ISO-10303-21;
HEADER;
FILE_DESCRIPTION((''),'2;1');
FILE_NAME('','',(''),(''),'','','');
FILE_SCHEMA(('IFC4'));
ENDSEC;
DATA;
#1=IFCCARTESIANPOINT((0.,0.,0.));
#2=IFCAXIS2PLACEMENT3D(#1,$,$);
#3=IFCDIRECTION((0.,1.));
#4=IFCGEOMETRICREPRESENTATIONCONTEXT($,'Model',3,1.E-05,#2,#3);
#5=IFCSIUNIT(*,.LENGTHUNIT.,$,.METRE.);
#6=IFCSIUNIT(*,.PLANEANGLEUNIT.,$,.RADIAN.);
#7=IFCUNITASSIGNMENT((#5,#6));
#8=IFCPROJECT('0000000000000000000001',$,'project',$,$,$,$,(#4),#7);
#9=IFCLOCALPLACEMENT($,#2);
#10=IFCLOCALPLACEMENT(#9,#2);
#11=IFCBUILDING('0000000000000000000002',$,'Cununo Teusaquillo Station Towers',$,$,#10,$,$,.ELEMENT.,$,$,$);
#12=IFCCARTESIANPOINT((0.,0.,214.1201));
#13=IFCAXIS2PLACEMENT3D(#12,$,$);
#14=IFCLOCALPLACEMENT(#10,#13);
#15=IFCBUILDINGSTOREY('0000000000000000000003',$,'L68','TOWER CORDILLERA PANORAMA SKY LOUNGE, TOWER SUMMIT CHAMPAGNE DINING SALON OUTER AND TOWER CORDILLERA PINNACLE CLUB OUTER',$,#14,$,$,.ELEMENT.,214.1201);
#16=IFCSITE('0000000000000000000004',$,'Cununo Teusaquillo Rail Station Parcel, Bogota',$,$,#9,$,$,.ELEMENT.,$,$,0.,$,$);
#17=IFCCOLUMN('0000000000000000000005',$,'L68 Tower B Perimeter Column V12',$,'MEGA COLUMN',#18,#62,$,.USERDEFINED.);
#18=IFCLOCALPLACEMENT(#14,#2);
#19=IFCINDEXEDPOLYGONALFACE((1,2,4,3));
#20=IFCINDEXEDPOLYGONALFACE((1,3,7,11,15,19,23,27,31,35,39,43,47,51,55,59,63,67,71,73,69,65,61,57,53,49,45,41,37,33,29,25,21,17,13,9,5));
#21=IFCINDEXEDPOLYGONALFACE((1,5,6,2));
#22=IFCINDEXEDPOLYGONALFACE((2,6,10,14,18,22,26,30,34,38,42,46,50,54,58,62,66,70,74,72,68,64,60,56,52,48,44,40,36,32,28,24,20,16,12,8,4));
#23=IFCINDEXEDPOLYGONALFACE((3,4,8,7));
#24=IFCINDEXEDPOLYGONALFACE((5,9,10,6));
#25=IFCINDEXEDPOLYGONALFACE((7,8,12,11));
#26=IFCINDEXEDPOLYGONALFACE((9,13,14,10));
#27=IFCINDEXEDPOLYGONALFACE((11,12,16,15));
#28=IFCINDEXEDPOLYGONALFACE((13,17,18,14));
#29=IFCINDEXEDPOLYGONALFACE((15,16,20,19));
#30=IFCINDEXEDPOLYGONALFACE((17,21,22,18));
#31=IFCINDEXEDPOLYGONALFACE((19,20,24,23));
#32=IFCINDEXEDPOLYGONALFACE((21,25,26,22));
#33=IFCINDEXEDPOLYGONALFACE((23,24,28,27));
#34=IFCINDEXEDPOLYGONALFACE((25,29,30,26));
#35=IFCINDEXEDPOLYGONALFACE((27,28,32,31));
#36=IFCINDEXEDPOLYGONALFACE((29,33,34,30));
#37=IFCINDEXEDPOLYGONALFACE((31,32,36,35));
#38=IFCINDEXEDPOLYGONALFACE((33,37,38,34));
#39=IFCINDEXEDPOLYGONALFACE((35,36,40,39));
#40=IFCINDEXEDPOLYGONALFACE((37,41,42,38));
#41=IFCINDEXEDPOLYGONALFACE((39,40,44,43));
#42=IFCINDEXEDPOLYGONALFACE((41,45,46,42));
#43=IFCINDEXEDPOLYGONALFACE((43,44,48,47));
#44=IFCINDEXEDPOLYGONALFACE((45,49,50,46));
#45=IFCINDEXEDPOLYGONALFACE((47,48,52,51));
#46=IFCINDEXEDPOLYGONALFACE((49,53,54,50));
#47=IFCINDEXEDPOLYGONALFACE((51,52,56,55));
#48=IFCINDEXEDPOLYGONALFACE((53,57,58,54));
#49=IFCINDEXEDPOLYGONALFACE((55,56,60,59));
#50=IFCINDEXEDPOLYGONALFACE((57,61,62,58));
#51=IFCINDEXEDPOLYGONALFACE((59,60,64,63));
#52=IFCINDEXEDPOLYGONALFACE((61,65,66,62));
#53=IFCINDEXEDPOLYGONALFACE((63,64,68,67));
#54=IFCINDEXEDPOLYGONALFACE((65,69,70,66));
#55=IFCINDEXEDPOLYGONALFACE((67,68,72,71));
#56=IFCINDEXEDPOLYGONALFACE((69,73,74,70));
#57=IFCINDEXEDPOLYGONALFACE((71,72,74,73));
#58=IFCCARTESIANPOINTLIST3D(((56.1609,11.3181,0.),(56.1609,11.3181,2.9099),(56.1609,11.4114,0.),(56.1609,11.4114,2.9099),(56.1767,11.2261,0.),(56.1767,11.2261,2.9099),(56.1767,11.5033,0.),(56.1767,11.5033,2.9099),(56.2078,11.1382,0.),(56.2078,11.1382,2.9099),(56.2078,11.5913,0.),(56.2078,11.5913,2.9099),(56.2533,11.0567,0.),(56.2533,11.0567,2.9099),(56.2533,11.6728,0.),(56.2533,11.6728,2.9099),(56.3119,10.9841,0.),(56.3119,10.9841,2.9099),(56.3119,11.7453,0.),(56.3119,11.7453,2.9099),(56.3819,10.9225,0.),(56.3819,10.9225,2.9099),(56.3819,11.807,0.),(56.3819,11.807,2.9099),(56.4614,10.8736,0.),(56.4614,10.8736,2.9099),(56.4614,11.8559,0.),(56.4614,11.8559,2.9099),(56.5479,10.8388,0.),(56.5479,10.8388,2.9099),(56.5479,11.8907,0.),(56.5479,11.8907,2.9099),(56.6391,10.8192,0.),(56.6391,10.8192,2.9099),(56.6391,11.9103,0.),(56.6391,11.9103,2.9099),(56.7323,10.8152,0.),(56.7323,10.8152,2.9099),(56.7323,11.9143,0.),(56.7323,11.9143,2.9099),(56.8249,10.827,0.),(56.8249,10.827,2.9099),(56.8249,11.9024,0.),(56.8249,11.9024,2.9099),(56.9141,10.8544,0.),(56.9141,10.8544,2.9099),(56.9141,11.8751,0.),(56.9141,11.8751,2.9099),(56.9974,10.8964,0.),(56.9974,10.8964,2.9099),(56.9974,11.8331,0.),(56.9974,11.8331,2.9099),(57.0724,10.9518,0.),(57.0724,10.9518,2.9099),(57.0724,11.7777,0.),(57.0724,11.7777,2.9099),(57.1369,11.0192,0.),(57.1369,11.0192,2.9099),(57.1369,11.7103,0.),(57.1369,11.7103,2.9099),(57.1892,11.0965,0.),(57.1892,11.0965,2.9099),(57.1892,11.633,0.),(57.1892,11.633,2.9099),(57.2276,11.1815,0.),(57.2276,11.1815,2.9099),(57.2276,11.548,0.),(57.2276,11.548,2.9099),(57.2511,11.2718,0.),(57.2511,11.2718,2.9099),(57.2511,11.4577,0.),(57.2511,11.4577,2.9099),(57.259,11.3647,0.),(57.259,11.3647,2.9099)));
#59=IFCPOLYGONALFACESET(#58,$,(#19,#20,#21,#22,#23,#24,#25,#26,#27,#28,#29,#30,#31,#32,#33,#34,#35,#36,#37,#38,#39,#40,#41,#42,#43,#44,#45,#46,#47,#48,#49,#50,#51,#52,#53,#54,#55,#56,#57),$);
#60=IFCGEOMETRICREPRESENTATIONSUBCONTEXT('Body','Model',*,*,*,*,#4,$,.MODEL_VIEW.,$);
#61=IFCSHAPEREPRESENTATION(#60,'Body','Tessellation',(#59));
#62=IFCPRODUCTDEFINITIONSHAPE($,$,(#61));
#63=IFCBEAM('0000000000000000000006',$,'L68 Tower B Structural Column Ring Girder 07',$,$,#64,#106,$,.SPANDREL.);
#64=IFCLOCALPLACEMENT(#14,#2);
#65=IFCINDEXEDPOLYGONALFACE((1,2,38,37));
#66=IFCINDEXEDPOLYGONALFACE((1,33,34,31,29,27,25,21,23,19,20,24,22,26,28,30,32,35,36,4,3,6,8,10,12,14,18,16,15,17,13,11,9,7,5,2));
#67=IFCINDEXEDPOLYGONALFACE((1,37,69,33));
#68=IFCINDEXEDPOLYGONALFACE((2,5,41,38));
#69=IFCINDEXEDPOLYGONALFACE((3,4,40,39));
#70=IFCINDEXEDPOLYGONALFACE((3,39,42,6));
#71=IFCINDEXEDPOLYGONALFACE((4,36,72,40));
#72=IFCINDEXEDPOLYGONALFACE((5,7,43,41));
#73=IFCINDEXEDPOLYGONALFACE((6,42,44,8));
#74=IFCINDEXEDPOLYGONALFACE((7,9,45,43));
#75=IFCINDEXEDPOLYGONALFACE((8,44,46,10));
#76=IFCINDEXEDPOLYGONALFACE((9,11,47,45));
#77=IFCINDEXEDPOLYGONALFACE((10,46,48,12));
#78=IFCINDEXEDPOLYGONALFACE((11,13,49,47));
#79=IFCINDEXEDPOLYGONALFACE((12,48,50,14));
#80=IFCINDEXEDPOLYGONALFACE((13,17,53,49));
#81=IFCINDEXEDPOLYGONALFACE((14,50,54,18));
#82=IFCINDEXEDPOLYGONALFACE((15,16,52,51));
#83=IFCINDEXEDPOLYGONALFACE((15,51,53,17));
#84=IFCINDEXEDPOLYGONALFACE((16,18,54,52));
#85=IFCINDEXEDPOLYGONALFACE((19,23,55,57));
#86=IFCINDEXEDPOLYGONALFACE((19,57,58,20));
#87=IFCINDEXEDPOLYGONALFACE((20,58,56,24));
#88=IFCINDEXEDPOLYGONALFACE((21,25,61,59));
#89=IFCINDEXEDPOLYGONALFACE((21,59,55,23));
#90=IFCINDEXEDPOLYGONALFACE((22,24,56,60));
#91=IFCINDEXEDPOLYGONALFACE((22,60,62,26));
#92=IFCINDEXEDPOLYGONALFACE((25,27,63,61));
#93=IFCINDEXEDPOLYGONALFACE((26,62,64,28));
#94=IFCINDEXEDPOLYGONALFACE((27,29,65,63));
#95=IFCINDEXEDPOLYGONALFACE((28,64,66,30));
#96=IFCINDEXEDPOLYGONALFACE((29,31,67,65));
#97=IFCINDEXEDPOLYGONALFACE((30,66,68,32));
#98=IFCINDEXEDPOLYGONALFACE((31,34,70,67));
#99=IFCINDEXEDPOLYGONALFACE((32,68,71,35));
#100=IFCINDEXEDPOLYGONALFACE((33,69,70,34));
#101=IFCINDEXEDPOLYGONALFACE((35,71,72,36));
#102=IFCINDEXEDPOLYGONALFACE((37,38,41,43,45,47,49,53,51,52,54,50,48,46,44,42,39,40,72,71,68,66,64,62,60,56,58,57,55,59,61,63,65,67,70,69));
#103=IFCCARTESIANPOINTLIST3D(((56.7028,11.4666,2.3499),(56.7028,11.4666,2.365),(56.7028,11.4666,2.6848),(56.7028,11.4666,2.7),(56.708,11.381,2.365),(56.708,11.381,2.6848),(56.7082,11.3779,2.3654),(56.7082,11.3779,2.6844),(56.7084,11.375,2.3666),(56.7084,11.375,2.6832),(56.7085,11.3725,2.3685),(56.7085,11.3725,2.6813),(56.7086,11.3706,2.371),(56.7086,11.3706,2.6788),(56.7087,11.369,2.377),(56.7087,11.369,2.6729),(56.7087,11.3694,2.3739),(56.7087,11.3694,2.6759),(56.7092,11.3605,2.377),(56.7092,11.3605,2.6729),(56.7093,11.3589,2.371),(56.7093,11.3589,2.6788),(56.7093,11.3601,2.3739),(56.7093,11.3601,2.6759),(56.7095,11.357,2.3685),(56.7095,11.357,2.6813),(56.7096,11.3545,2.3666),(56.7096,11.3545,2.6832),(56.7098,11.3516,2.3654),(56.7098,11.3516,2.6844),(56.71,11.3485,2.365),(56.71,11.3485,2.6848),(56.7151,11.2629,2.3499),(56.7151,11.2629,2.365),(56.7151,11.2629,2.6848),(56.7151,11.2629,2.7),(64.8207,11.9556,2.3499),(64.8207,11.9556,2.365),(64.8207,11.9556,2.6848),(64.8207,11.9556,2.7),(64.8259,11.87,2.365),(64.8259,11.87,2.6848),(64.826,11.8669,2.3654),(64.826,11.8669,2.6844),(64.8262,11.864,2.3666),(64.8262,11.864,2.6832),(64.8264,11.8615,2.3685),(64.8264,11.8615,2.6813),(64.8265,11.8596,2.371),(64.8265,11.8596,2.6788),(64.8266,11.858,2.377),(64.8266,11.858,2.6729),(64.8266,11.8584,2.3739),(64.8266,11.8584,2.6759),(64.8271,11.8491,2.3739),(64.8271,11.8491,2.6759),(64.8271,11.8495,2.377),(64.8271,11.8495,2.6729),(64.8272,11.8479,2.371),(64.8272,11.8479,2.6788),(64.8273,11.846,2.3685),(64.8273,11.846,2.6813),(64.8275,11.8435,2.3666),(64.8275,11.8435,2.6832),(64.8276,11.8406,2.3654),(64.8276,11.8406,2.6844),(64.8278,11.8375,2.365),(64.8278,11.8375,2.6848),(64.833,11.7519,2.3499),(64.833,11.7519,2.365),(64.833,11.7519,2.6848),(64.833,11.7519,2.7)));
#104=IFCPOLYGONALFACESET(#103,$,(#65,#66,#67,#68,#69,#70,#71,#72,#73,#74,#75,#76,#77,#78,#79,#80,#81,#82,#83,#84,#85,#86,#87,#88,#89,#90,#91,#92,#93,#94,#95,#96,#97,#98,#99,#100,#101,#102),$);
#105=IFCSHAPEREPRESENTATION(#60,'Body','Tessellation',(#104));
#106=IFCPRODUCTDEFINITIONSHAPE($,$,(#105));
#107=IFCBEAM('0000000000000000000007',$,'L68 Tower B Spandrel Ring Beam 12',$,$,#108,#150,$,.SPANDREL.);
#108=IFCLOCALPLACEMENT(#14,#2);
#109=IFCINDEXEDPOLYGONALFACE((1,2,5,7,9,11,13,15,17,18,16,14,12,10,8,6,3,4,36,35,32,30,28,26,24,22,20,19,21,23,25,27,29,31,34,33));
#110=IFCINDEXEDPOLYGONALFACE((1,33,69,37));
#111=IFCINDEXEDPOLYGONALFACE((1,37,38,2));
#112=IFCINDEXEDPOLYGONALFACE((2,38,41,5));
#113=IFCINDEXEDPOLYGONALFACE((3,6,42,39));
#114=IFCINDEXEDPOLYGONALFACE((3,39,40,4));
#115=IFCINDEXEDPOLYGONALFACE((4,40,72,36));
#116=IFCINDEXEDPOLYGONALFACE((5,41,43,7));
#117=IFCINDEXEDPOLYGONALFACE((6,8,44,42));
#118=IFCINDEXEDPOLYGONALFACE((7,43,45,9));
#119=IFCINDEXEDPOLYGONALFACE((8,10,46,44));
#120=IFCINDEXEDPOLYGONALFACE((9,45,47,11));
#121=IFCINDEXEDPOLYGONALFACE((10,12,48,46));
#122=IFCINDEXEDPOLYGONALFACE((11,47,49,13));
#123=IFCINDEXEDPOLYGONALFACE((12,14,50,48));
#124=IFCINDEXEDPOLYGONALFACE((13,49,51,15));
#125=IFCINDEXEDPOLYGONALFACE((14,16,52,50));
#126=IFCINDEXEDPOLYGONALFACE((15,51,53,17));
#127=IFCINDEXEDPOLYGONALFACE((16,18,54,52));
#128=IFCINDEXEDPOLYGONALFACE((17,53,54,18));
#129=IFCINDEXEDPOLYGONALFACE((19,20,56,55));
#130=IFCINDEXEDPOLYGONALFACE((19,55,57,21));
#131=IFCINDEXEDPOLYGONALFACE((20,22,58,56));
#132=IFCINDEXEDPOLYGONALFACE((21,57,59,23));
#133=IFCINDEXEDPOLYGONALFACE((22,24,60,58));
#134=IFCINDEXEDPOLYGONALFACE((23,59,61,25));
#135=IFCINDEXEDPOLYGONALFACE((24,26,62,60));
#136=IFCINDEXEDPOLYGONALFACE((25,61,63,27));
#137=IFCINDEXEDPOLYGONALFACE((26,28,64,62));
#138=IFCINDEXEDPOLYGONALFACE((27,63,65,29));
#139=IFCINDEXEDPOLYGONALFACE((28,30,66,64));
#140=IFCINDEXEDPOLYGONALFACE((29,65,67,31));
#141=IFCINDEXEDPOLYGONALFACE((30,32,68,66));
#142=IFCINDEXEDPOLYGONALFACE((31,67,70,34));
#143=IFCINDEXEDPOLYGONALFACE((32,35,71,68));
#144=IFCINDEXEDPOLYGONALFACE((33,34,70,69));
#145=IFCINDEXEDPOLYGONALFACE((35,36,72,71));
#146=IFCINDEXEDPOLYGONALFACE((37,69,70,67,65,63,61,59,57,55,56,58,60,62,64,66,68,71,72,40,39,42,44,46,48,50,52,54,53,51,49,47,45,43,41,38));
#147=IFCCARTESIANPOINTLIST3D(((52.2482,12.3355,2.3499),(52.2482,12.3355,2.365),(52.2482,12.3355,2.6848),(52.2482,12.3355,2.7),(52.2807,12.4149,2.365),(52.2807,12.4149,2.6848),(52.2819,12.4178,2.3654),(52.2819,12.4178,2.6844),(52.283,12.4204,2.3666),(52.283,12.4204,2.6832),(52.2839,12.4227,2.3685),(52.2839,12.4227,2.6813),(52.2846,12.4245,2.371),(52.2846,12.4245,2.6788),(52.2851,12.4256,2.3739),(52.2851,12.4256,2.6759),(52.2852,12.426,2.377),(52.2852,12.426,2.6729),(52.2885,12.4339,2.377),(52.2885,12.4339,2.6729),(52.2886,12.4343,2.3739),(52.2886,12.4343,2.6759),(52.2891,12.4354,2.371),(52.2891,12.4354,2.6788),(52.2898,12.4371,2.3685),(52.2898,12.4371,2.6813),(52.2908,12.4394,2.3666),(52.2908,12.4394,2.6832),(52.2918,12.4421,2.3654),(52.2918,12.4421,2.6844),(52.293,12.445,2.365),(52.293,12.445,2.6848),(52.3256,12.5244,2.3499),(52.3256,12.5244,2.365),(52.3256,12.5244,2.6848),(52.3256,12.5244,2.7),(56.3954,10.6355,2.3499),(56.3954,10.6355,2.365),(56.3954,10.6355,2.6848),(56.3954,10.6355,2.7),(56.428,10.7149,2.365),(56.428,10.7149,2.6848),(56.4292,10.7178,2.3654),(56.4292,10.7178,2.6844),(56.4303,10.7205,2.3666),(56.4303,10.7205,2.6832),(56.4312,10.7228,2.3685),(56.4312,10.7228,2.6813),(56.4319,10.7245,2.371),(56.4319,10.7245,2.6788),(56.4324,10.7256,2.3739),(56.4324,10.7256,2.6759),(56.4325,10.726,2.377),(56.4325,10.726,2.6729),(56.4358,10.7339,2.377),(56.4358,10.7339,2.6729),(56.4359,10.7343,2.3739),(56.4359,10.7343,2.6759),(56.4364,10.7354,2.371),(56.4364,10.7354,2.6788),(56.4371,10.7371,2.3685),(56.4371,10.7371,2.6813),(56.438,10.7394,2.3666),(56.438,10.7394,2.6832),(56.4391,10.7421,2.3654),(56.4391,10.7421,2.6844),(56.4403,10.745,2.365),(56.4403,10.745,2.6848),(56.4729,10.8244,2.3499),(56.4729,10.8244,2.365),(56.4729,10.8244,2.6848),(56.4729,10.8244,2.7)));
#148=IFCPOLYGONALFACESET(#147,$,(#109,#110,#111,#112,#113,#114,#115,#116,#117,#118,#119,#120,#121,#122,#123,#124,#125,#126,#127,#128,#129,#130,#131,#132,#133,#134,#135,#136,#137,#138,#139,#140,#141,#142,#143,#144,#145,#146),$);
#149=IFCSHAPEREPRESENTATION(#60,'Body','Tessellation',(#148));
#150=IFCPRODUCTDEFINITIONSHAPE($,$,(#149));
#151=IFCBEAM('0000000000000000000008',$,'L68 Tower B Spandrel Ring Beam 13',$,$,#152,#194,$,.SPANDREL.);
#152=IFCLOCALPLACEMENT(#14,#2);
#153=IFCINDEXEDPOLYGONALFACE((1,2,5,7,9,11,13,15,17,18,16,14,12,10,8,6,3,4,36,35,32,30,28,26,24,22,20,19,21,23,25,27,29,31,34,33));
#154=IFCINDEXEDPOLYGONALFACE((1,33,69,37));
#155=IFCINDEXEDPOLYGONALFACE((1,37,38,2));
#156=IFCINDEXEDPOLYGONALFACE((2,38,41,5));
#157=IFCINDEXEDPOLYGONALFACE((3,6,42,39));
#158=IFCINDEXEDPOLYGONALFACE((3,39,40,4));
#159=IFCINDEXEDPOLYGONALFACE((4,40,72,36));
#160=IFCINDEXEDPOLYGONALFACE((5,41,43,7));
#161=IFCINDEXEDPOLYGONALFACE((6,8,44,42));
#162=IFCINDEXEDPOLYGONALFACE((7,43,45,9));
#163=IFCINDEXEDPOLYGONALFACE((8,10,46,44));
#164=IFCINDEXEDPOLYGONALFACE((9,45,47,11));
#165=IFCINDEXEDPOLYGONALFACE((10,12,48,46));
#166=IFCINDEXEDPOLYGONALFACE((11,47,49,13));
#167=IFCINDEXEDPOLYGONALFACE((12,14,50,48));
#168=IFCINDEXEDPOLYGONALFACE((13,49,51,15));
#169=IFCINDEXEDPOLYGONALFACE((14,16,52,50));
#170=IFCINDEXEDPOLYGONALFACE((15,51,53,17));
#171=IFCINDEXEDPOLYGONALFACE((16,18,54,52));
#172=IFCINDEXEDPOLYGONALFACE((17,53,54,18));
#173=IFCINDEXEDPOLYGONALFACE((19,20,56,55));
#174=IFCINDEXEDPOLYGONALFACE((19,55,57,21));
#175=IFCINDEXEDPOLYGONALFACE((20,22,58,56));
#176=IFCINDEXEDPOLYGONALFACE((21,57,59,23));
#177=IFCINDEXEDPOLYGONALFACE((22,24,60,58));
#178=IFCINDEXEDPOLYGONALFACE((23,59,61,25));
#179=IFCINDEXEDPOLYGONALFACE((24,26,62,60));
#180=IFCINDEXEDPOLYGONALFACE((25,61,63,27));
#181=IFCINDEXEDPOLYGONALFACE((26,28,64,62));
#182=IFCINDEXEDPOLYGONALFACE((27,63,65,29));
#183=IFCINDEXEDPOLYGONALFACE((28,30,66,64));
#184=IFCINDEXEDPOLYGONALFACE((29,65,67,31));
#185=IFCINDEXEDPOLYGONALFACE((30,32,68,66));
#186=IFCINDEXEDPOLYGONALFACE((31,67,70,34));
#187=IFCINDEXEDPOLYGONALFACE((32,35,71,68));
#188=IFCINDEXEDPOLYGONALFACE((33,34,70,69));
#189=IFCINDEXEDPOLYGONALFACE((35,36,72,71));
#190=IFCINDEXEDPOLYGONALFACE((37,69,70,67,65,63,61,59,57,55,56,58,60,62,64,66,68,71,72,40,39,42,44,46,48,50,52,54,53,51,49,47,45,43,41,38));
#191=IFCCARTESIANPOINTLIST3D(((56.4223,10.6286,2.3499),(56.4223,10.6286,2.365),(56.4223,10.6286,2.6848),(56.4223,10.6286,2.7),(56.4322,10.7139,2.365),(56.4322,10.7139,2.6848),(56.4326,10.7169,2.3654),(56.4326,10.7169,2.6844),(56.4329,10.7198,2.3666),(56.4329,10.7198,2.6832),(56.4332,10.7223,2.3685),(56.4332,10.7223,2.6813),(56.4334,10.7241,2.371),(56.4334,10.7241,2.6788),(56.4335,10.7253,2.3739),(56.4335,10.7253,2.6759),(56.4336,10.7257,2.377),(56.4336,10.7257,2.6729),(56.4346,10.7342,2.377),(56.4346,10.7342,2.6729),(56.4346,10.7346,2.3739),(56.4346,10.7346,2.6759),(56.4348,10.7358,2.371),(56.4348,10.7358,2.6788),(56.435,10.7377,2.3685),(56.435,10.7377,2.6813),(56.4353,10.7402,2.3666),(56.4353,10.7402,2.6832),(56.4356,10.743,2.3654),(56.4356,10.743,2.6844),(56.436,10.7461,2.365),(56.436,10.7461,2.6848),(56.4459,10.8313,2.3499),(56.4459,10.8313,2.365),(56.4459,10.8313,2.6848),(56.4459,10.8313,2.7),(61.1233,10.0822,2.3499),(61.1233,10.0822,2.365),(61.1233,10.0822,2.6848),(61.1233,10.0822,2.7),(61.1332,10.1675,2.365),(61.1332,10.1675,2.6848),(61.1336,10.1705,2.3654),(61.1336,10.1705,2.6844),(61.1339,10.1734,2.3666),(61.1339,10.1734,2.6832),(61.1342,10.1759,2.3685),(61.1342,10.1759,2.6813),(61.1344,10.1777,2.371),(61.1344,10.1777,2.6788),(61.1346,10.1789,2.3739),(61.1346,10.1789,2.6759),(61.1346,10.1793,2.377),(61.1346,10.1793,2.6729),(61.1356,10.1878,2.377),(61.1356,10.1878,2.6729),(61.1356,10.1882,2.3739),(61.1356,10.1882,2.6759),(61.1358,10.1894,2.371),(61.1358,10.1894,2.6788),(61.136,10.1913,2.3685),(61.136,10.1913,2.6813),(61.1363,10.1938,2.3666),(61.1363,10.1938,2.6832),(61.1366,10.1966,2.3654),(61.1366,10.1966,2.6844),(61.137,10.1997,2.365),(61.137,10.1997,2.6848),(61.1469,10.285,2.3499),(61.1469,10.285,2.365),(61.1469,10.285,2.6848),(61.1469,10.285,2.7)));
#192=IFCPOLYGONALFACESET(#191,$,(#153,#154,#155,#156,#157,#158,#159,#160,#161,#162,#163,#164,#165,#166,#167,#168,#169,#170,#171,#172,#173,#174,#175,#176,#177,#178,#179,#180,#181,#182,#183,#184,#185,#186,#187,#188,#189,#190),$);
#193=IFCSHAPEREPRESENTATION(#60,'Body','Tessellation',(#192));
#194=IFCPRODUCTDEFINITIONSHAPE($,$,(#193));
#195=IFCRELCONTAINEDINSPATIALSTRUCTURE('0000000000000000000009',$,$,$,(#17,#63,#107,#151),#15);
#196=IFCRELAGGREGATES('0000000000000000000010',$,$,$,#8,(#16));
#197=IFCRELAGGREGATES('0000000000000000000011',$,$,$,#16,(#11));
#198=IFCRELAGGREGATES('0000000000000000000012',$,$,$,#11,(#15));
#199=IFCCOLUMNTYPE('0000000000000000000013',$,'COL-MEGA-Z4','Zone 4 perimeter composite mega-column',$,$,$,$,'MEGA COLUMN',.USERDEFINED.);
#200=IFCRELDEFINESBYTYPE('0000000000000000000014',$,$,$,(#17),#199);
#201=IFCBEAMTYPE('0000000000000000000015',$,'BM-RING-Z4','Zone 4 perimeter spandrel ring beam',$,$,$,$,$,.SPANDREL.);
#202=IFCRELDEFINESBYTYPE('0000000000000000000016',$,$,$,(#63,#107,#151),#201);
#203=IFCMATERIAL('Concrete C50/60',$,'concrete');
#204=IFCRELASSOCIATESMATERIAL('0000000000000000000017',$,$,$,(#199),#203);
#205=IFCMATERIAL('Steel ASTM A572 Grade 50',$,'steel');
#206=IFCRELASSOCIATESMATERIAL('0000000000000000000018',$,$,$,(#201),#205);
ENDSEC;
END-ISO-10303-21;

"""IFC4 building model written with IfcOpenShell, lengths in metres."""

from ifc_helpers import new_model, si_unit, direction, frame, origin, origin_2d, place, context, subcontext, project, spatial, circle, i_section, extrude, material, material_profile, profile_set, type_object, element, save


model = new_model("IFC4")

# Units and contexts
model_context = context("Model", 3, precision=1e-05, world=origin(), true_north=direction((0.0, 1.0)))
body_context = subcontext(model_context, "Body", "Model", "MODEL_VIEW")
ifc_project = project(units=[si_unit("LENGTHUNIT", "METRE"), si_unit("PLANEANGLEUNIT", "RADIAN")], contexts=[model_context])

# Site, building, storey
site_placement = place(None, origin())
site = spatial("IfcSite", under=ifc_project, at=site_placement, Name="Cununo Teusaquillo Rail Station Parcel, Bogota", CompositionType="ELEMENT", RefElevation=0.0)
building_placement = place(site_placement, origin())
building = spatial("IfcBuilding", under=site, at=building_placement, Name="Cununo Teusaquillo Station Towers", CompositionType="ELEMENT")
storey_placement = place(building_placement, frame((0.0, 0.0, 214.1201)))
storey = spatial("IfcBuildingStorey", under=building, at=storey_placement, Name="L68", Description="TOWER CORDILLERA PANORAMA SKY LOUNGE, TOWER SUMMIT CHAMPAGNE DINING SALON OUTER AND TOWER CORDILLERA PINNACLE CLUB OUTER", CompositionType="ELEMENT", Elevation=214.1201)

# Column
ifc_material_1 = material(Name="Concrete C50/60", Category="concrete")
ifc_material_profile_1 = material_profile(ifc_material_1, circle(Radius=0.55, at=origin_2d()), Name="RC-CIRC-1100")
ifc_profile_set_1 = profile_set([ifc_material_profile_1], Name="Concrete C50/60")
column_type = type_object("IfcColumnType", Name="COL-MEGA-Z4", Description="Zone 4 perimeter composite mega-column", ElementType="MEGA COLUMN", PredefinedType="USERDEFINED", material=ifc_profile_set_1)
column_placement = place(storey_placement, frame((56.709, 11.3647, 0.0), z_axis=(0.0, 0.0, 1.0), x_axis=(1.0, 0.0, 0.0)))
element("IfcColumn", 1, at=column_placement, inside=storey, type_object=column_type, Name="L68 Tower B Perimeter Column V12", ObjectType="MEGA COLUMN", PredefinedType="USERDEFINED", context=body_context, shape_type="SweptSolid", body=[
    extrude(circle(Radius=0.55, at=origin_2d()), origin(), (0.0, 0.0, 1.0), 2.9099),
])

# Beams
ifc_material_2 = material(Name="Steel ASTM A572 Grade 50", Category="steel")
ifc_material_profile_2 = material_profile(ifc_material_2, i_section(OverallWidth=0.2041, OverallDepth=0.3501, WebThickness=0.0085, FlangeThickness=0.0151, FilletRadius=0.012, at=origin_2d()), Name="W14X48")
ifc_profile_set_2 = profile_set([ifc_material_profile_2], Name="Steel ASTM A572 Grade 50")
beam_type = type_object("IfcBeamType", Name="BM-RING-Z4", Description="Zone 4 perimeter spandrel ring beam", PredefinedType="SPANDREL", material=ifc_profile_set_2)
beam_1_placement = place(storey_placement, frame((56.709, 11.3647, 2.5249), z_axis=(0.998191, 0.06013, 0.0), x_axis=(-0.06013, 0.998191, 0.0)))
element("IfcBeam", 2, at=beam_1_placement, inside=storey, type_object=beam_type, Name="L68 Tower B Structural Column Ring Girder 07", PredefinedType="SPANDREL", context=body_context, shape_type="SweptSolid", body=[
    extrude(i_section(OverallWidth=0.2041, OverallDepth=0.3501, WebThickness=0.0085, FlangeThickness=0.0151, FilletRadius=0.012, at=origin_2d()), origin(), (0.0, 0.0, 1.0), 8.1326),
])
beam_2_placement = place(storey_placement, frame((52.2869, 12.4299, 2.5249), z_axis=(0.925284, -0.379275, 0.0), x_axis=(0.379275, 0.925284, 0.0)))
element("IfcBeam", 3, at=beam_2_placement, inside=storey, type_object=beam_type, Name="L68 Tower B Spandrel Ring Beam 12", PredefinedType="SPANDREL", context=body_context, shape_type="SweptSolid", body=[
    extrude(i_section(OverallWidth=0.2041, OverallDepth=0.3501, WebThickness=0.0085, FlangeThickness=0.0151, FilletRadius=0.012, at=origin_2d()), origin(), (0.0, 0.0, 1.0), 4.4822),
])
beam_3_placement = place(storey_placement, frame((56.4341, 10.73, 2.5249), z_axis=(0.993313, -0.115452, 0.0), x_axis=(0.115452, 0.993313, 0.0)))
element("IfcBeam", 4, at=beam_3_placement, inside=storey, type_object=beam_type, Name="L68 Tower B Spandrel Ring Beam 13", PredefinedType="SPANDREL", context=body_context, shape_type="SweptSolid", body=[
    extrude(i_section(OverallWidth=0.2041, OverallDepth=0.3501, WebThickness=0.0085, FlangeThickness=0.0151, FilletRadius=0.012, at=origin_2d()), origin(), (0.0, 0.0, 1.0), 4.7327),
])

save(model, "model.ifc")
